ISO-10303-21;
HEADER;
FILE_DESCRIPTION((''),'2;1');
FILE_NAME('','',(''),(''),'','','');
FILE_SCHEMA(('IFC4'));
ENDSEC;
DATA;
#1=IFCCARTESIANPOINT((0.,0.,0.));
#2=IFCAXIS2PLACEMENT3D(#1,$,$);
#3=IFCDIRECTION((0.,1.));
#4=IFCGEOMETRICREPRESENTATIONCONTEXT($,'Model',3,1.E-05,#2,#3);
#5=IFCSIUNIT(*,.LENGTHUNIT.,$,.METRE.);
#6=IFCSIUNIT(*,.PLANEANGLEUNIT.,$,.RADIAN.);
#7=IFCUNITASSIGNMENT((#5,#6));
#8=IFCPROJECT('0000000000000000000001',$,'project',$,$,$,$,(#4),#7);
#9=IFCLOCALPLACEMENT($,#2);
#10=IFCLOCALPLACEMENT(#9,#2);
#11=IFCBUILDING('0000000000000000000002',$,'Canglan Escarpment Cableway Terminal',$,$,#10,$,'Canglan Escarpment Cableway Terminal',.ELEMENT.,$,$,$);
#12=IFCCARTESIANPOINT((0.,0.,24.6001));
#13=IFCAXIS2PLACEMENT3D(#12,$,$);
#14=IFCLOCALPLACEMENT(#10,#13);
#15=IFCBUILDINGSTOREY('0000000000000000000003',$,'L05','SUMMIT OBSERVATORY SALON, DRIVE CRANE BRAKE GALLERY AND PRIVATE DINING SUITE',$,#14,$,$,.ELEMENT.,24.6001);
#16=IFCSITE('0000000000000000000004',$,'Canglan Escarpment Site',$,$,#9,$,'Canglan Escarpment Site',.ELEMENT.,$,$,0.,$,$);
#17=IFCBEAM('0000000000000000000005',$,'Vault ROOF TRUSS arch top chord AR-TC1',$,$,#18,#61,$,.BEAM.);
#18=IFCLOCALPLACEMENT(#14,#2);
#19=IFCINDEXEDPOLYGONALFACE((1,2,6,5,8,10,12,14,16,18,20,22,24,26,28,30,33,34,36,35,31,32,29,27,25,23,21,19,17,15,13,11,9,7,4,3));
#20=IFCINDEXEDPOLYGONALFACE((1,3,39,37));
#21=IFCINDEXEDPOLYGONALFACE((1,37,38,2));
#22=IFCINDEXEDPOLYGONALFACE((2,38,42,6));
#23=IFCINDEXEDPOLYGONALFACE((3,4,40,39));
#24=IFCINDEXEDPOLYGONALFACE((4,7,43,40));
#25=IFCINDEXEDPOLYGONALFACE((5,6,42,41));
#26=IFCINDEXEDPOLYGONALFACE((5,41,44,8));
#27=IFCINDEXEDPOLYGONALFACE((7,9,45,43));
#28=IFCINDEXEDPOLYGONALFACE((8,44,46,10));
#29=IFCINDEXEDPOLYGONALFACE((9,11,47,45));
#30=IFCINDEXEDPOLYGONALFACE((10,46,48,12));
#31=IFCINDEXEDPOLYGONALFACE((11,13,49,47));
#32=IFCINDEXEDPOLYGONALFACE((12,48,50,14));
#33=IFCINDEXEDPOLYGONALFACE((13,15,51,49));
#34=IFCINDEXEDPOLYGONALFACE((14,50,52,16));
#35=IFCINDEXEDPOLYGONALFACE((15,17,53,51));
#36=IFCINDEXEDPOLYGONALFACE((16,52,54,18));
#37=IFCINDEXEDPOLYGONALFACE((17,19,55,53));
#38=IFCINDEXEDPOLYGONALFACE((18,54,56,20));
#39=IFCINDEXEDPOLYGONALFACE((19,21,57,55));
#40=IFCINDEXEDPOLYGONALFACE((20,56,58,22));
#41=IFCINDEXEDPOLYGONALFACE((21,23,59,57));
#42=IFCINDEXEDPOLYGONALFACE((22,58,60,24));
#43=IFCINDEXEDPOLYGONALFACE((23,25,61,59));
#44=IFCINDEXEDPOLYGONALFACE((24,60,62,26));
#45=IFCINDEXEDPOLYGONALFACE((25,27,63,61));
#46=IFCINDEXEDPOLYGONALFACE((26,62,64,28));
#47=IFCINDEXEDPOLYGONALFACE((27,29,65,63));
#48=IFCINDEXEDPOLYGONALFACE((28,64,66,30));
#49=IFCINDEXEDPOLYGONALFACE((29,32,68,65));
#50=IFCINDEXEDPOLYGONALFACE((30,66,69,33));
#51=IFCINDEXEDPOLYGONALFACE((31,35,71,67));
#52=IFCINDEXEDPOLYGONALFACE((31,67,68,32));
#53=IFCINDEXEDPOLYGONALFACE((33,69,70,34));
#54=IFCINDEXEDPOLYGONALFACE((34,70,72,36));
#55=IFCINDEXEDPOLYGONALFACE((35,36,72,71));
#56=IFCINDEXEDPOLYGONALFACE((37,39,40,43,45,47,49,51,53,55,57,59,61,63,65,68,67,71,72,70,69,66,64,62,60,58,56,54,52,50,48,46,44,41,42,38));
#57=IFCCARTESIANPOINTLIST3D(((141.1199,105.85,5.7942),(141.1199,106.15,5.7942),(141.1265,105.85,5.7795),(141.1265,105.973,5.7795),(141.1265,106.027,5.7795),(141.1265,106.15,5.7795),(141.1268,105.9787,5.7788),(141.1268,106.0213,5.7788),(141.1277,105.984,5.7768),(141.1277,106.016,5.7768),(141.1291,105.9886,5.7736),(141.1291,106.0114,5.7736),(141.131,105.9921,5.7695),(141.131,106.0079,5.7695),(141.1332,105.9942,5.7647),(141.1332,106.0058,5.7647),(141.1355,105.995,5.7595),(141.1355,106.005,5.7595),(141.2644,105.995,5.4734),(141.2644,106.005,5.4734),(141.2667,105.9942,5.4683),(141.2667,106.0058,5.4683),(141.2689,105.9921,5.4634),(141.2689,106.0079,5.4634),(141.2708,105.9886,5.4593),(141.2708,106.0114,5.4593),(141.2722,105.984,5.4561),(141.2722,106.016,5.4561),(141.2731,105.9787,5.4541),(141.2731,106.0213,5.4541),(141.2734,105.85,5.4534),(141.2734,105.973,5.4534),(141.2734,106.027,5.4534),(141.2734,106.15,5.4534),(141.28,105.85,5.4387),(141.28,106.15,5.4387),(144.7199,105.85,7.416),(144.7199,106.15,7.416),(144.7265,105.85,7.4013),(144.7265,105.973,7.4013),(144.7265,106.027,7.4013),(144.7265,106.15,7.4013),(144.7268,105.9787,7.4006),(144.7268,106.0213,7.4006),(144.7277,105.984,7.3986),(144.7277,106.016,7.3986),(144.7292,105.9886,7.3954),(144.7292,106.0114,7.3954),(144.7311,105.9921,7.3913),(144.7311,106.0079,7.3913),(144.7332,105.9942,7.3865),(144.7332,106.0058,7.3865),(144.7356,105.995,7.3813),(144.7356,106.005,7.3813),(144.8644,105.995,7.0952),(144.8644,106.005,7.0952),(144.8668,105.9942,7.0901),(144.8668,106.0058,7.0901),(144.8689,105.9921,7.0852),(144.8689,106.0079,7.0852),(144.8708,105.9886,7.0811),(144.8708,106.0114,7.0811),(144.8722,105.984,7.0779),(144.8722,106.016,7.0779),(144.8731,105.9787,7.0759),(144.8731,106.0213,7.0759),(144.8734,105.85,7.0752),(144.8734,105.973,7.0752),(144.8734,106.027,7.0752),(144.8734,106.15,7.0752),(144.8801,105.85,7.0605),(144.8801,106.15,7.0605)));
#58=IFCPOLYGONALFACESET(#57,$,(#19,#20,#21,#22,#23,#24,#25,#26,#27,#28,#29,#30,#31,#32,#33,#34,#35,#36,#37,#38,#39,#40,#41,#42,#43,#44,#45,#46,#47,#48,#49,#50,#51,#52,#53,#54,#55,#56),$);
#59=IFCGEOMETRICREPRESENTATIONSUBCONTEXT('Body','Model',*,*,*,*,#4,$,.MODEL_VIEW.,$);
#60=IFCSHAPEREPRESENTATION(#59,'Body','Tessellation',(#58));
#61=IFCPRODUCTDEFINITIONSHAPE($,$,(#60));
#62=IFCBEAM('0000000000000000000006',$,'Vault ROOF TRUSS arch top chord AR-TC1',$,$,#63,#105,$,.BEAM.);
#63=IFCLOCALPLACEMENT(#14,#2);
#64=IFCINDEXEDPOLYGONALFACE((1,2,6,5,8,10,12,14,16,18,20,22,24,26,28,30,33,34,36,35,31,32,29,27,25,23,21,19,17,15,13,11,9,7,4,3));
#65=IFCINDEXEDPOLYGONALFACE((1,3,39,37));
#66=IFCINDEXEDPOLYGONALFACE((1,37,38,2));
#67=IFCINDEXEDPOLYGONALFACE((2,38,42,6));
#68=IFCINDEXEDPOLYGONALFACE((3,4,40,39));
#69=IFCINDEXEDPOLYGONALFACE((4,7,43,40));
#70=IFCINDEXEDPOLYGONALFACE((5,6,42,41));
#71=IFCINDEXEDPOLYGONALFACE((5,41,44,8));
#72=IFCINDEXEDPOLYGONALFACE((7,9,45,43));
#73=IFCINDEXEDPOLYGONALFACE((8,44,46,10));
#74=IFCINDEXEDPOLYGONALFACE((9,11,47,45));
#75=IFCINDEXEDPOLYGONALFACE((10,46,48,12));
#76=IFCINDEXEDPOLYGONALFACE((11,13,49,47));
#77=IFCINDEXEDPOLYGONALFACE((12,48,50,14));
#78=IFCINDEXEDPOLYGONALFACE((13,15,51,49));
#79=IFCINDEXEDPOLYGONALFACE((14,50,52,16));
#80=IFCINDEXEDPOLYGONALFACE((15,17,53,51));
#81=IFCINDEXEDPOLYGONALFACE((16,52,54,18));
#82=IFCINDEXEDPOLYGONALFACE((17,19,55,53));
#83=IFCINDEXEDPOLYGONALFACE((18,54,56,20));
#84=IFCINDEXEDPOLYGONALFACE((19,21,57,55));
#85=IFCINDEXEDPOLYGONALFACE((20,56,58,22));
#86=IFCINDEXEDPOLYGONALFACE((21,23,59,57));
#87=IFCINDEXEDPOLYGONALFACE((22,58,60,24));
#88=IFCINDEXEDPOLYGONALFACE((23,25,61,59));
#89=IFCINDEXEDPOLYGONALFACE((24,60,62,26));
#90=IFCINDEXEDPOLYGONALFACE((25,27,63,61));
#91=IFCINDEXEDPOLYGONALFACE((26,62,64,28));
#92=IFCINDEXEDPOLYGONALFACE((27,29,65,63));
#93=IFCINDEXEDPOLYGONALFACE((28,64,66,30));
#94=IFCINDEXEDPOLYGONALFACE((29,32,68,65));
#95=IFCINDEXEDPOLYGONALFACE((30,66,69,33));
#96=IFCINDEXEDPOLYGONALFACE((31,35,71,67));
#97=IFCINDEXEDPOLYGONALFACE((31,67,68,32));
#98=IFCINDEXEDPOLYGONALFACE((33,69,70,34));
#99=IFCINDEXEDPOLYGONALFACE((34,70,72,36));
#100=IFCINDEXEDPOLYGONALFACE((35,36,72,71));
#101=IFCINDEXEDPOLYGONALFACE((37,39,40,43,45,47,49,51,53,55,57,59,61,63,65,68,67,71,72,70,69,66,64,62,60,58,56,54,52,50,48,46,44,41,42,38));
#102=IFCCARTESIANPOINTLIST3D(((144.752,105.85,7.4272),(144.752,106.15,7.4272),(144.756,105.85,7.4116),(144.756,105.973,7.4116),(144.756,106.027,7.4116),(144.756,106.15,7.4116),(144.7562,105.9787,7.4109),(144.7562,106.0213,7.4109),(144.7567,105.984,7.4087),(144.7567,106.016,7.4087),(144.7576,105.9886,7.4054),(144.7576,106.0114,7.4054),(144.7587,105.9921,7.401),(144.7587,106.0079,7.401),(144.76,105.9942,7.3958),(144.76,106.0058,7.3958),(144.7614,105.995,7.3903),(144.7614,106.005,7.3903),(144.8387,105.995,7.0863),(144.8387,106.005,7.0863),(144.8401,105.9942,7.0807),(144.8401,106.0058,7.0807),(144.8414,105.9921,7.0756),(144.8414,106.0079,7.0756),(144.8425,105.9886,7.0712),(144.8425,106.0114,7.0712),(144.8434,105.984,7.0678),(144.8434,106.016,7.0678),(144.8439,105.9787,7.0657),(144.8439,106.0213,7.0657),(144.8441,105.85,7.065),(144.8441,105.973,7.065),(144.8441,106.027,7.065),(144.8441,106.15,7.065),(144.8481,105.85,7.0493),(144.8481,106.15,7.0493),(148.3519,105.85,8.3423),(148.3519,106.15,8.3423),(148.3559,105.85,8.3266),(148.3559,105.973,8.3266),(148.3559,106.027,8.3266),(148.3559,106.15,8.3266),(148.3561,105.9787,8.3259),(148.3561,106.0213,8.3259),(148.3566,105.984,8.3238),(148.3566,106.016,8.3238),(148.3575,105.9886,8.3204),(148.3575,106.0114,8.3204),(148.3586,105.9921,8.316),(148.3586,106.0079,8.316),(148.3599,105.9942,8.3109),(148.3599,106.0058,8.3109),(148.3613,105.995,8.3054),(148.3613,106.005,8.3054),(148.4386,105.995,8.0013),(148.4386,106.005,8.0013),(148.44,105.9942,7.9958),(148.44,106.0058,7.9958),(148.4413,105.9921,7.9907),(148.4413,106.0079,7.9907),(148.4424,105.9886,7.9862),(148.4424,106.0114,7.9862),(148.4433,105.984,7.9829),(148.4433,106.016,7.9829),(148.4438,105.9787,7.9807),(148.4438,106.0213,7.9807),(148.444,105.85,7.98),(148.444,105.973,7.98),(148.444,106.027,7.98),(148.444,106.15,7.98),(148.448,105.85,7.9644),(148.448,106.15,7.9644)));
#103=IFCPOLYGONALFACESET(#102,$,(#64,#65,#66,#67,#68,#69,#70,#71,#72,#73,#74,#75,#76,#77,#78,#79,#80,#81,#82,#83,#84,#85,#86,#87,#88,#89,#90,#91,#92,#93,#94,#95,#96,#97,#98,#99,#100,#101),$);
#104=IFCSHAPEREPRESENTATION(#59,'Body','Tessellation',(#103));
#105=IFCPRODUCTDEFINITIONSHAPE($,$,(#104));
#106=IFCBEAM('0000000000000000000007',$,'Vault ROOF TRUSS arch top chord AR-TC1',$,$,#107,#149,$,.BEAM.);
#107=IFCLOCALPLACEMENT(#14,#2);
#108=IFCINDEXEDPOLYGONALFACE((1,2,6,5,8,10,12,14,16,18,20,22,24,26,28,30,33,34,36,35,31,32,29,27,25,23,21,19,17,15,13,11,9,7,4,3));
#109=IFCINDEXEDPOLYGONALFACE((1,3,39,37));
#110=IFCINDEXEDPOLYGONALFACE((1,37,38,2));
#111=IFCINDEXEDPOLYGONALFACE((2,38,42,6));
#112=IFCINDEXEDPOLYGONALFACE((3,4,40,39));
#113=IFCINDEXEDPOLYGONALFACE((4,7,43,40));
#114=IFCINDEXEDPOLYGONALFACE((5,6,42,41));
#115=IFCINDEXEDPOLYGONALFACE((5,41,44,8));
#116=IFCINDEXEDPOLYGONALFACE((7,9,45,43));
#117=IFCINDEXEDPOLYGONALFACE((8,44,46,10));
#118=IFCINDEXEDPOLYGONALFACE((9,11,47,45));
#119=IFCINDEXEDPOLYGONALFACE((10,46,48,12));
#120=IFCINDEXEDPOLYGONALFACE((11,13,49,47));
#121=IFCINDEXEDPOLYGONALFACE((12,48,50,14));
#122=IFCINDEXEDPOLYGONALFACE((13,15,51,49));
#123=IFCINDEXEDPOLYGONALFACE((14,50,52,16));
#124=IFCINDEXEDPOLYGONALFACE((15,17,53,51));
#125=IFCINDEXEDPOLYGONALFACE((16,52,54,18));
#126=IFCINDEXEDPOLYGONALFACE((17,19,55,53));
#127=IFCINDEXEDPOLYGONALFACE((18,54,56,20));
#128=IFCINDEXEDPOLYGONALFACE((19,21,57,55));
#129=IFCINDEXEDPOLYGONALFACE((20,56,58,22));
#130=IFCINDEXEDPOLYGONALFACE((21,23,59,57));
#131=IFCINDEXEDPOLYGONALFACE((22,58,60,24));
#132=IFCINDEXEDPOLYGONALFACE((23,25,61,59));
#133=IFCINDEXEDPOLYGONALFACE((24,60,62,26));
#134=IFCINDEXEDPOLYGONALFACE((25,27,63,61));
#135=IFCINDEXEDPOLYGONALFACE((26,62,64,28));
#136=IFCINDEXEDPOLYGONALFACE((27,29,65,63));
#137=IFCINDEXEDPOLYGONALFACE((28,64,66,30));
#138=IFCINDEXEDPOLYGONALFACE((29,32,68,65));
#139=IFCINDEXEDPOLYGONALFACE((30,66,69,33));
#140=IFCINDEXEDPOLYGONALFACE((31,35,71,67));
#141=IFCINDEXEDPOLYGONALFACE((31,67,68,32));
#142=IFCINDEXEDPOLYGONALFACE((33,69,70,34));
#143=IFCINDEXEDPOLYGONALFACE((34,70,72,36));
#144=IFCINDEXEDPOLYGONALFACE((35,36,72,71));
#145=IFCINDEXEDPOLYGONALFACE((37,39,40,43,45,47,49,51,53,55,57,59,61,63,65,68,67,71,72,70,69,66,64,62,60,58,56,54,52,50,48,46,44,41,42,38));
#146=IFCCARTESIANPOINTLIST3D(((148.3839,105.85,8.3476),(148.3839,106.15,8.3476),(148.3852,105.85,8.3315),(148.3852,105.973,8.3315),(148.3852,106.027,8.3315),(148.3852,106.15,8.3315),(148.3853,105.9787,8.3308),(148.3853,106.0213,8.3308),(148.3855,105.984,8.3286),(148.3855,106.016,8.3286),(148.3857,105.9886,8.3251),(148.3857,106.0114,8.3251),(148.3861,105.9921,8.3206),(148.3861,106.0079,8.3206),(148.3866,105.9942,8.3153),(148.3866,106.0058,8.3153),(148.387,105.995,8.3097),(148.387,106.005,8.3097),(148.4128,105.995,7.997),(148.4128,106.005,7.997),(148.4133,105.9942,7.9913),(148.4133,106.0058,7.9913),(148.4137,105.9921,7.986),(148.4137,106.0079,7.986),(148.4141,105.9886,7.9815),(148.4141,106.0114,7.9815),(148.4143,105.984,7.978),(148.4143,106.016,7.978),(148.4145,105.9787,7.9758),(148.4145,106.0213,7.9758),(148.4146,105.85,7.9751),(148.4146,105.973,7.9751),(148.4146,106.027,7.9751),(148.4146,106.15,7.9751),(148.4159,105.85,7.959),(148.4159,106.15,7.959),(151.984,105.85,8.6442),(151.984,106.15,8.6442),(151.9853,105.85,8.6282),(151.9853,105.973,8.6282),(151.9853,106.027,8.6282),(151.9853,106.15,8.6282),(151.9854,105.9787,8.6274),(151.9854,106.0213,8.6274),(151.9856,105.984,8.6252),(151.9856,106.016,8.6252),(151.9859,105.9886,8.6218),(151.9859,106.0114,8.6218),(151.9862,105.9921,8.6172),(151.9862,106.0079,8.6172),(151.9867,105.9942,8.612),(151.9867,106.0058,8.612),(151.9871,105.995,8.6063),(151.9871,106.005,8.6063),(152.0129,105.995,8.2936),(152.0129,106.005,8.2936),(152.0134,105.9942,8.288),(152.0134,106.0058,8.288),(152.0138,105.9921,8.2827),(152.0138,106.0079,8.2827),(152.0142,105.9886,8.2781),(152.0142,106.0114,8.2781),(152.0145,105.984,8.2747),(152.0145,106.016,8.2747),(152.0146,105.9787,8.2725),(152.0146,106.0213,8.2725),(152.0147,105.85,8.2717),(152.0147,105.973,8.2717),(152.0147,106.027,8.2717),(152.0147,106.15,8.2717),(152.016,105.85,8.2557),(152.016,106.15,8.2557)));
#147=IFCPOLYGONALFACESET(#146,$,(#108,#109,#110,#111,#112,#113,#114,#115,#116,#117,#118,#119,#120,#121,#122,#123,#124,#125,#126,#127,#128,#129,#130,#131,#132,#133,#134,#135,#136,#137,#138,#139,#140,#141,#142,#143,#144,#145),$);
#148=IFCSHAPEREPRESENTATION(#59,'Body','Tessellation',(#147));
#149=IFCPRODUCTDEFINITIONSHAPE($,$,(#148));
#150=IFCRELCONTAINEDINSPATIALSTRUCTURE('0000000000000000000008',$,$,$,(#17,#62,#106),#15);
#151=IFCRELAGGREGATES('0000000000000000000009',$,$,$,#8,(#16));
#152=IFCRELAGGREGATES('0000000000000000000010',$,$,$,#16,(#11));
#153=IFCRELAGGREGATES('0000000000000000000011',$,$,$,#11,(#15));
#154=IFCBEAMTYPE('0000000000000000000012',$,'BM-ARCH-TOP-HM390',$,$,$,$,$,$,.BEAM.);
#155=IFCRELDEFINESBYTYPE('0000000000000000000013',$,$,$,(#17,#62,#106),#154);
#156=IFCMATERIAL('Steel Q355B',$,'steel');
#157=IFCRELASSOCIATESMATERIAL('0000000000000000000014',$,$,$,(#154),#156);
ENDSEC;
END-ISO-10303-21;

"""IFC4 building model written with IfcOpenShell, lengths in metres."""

from ifc_helpers import new_model, si_unit, direction, frame, origin, origin_2d, place, context, subcontext, project, spatial, i_section, extrude, material, material_profile, profile_set, type_object, element, save


model = new_model("IFC4")

# Units and contexts
model_context = context("Model", 3, precision=1e-05, world=origin(), true_north=direction((0.0, 1.0)))
body_context = subcontext(model_context, "Body", "Model", "MODEL_VIEW")
ifc_project = project(units=[si_unit("LENGTHUNIT", "METRE"), si_unit("PLANEANGLEUNIT", "RADIAN")], contexts=[model_context])

# Site, building, storey
site_placement = place(None, origin())
site = spatial("IfcSite", under=ifc_project, at=site_placement, Name="Canglan Escarpment Site", LongName="Canglan Escarpment Site", CompositionType="ELEMENT", RefElevation=0.0)
building_placement = place(site_placement, origin())
building = spatial("IfcBuilding", under=site, at=building_placement, Name="Canglan Escarpment Cableway Terminal", LongName="Canglan Escarpment Cableway Terminal", CompositionType="ELEMENT")
storey_placement = place(building_placement, frame((0.0, 0.0, 24.6001)))
storey = spatial("IfcBuildingStorey", under=building, at=storey_placement, Name="L05", Description="SUMMIT OBSERVATORY SALON, DRIVE CRANE BRAKE GALLERY AND PRIVATE DINING SUITE", CompositionType="ELEMENT", Elevation=24.6001)

# Beams
ifc_material_1 = material(Name="Steel Q355B", Category="steel")
ifc_material_profile_1 = material_profile(ifc_material_1, i_section(OverallWidth=0.3, OverallDepth=0.3899, WebThickness=0.01, FlangeThickness=0.0161, FilletRadius=0.022, at=origin_2d()), Name="HM 390x300x10x16")
ifc_profile_set_1 = profile_set([ifc_material_profile_1], Name="Steel Q355B")
beam_type = type_object("IfcBeamType", Name="BM-ARCH-TOP-HM390", PredefinedType="BEAM", material=ifc_profile_set_1)
beam_1_placement = place(storey_placement, frame((141.2, 106.0, 5.6165), z_axis=(0.911753, 0.0, 0.41074), x_axis=(0.0, 1.0, 0.0)))
element("IfcBeam", 1, at=beam_1_placement, inside=storey, type_object=beam_type, Name="Vault ROOF TRUSS arch top chord AR-TC1", PredefinedType="BEAM", context=body_context, shape_type="SweptSolid", body=[
    extrude(i_section(OverallWidth=0.3, OverallDepth=0.3899, WebThickness=0.01, FlangeThickness=0.0161, FilletRadius=0.022, at=origin_2d()), origin(), (0.0, 0.0, 1.0), 3.9485),
])
beam_2_placement = place(storey_placement, frame((144.8, 106.0, 7.2383), z_axis=(0.96918, 0.0, 0.246354), x_axis=(0.0, 1.0, 0.0)))
element("IfcBeam", 2, at=beam_2_placement, inside=storey, type_object=beam_type, Name="Vault ROOF TRUSS arch top chord AR-TC1", PredefinedType="BEAM", context=body_context, shape_type="SweptSolid", body=[
    extrude(i_section(OverallWidth=0.3, OverallDepth=0.3899, WebThickness=0.01, FlangeThickness=0.0161, FilletRadius=0.022, at=origin_2d()), origin(), (0.0, 0.0, 1.0), 3.7144),
])
beam_3_placement = place(storey_placement, frame((148.3999, 106.0, 8.1533), z_axis=(0.996623, 0.0, 0.082117), x_axis=(0.0, 1.0, 0.0)))
element("IfcBeam", 3, at=beam_3_placement, inside=storey, type_object=beam_type, Name="Vault ROOF TRUSS arch top chord AR-TC1", PredefinedType="BEAM", context=body_context, shape_type="SweptSolid", body=[
    extrude(i_section(OverallWidth=0.3, OverallDepth=0.3899, WebThickness=0.01, FlangeThickness=0.0161, FilletRadius=0.022, at=origin_2d()), origin(), (0.0, 0.0, 1.0), 3.6123),
])

save(model, "model.ifc")
